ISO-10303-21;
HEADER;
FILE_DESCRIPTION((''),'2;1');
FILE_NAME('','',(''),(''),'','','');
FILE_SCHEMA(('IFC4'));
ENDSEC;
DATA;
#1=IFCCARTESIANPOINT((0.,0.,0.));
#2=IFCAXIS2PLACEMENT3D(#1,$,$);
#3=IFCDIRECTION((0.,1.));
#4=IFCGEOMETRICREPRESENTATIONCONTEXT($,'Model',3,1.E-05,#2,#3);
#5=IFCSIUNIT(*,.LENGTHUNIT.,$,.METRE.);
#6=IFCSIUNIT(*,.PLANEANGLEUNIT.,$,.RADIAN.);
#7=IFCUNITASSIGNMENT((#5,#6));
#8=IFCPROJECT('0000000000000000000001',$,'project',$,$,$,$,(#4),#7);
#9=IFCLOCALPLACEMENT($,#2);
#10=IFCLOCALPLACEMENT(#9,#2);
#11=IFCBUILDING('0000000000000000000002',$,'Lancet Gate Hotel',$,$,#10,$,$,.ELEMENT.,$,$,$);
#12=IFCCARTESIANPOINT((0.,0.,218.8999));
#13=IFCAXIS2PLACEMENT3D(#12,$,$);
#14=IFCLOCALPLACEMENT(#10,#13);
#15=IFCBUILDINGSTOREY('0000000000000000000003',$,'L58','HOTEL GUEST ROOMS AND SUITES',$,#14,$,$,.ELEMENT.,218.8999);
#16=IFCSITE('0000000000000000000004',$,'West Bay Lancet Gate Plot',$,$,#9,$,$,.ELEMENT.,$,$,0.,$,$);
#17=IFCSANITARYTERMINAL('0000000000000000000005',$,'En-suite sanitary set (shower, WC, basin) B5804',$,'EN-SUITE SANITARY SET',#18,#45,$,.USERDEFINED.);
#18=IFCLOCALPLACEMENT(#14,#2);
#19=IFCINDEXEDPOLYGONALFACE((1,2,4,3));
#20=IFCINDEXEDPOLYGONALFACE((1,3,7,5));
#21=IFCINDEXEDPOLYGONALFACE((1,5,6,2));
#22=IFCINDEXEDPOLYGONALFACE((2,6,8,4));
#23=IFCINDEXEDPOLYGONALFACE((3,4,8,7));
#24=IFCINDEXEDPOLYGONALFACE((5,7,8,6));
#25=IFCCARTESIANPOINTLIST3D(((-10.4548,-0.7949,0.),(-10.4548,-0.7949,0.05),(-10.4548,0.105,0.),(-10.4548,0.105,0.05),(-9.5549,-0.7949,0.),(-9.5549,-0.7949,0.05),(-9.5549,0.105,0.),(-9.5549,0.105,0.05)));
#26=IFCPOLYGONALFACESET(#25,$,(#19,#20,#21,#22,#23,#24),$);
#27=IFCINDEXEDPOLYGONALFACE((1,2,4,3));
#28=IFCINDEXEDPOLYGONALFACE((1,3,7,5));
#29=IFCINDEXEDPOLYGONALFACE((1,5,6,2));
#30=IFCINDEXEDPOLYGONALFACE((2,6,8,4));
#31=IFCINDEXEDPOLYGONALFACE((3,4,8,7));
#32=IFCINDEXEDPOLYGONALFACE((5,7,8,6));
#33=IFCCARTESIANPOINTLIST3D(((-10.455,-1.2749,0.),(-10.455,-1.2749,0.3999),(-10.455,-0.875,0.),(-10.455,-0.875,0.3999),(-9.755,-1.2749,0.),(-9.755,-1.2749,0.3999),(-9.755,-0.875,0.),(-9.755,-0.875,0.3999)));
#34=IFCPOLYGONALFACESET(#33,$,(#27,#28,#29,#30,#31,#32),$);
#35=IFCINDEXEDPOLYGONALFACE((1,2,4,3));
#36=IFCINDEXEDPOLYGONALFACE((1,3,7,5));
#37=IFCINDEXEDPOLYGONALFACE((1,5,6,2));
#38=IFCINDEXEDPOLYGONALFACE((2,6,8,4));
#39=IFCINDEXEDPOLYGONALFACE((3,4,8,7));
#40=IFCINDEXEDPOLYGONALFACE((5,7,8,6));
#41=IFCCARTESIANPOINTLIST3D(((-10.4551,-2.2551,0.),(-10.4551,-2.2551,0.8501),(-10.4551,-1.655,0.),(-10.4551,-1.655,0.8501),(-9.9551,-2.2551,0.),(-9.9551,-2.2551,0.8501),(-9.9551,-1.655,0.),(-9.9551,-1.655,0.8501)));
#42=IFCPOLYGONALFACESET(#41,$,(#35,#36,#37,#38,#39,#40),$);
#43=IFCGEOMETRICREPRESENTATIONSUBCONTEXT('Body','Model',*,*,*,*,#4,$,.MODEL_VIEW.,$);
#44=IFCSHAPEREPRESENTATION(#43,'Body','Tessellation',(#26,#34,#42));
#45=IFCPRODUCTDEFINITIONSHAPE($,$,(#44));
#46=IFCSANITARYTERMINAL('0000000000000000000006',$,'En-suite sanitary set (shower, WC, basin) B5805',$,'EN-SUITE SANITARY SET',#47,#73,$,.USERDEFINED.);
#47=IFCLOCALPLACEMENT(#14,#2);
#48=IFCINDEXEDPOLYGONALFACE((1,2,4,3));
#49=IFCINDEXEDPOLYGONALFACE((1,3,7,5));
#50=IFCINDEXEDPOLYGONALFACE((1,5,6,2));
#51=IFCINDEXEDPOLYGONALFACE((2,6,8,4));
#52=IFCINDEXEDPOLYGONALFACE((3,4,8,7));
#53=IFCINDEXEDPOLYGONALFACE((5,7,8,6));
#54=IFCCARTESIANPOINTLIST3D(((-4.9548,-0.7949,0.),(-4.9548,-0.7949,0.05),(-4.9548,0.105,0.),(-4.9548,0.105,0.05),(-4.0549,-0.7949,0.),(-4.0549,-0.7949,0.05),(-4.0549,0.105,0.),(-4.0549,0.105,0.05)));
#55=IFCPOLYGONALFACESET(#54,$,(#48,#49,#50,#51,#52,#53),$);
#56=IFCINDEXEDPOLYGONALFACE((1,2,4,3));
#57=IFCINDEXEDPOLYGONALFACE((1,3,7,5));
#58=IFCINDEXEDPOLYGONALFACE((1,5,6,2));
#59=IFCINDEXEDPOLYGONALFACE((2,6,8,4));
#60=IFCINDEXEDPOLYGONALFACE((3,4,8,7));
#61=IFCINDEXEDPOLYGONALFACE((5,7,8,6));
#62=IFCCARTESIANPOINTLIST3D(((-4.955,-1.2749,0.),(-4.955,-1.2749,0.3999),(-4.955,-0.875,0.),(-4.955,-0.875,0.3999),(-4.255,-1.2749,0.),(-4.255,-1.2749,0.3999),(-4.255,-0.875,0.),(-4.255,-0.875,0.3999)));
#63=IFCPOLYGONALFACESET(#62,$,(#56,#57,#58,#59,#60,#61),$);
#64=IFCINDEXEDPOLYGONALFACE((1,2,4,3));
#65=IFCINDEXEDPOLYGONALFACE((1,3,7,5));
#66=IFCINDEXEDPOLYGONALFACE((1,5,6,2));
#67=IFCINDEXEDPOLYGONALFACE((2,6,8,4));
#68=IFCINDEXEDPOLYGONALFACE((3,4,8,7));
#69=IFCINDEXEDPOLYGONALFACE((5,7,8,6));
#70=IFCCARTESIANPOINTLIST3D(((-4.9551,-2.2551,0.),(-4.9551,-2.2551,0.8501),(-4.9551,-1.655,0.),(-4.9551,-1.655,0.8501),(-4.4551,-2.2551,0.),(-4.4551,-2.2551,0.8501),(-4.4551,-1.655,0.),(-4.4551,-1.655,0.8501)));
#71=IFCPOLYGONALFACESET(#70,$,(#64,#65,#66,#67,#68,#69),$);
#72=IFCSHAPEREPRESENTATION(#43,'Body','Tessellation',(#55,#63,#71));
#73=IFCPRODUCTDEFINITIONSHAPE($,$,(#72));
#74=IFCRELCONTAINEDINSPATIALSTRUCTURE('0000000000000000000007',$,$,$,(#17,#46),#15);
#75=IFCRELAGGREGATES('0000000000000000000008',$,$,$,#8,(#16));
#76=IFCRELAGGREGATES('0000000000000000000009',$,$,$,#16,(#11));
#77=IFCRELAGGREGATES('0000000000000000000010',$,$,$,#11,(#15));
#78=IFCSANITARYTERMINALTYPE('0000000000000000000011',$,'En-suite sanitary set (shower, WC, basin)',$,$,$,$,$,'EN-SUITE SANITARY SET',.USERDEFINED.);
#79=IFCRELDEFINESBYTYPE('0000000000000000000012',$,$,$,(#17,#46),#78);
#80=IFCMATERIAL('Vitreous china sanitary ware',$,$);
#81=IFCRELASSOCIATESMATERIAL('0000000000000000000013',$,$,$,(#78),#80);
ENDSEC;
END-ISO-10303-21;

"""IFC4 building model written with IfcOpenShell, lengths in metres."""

from ifc_helpers import new_model, si_unit, direction, frame, origin, origin_2d, place, context, subcontext, project, spatial, rectangle, extrude, material, type_object, element, save


model = new_model("IFC4")

# Units and contexts
model_context = context("Model", 3, precision=1e-05, world=origin(), true_north=direction((0.0, 1.0)))
body_context = subcontext(model_context, "Body", "Model", "MODEL_VIEW")
ifc_project = project(units=[si_unit("LENGTHUNIT", "METRE"), si_unit("PLANEANGLEUNIT", "RADIAN")], contexts=[model_context])

# Site, building, storey
site_placement = place(None, origin())
site = spatial("IfcSite", under=ifc_project, at=site_placement, Name="West Bay Lancet Gate Plot", CompositionType="ELEMENT", RefElevation=0.0)
building_placement = place(site_placement, origin())
building = spatial("IfcBuilding", under=site, at=building_placement, Name="Lancet Gate Hotel", CompositionType="ELEMENT")
storey_placement = place(building_placement, frame((0.0, 0.0, 218.8999)))
storey = spatial("IfcBuildingStorey", under=building, at=storey_placement, Name="L58", Description="HOTEL GUEST ROOMS AND SUITES", CompositionType="ELEMENT", Elevation=218.8999)

# Sanitary terminals
ifc_material_1 = material(Name="Vitreous china sanitary ware")
sanitary_terminal_type = type_object("IfcSanitaryTerminalType", Name="En-suite sanitary set (shower, WC, basin)", ElementType="EN-SUITE SANITARY SET", PredefinedType="USERDEFINED", material=ifc_material_1)
for number, where, z_axis, x_axis, name in (
    (1, (-10.0049, -0.345, 0.0), (0.0, 0.0, 1.0), (1.0, 0.0, 0.0), "En-suite sanitary set (shower, WC, basin) B5804"),
    (2, (-4.5049, -0.345, 0.0), (0.0, 0.0, 1.0), (1.0, 0.0, 0.0), "En-suite sanitary set (shower, WC, basin) B5805"),
):
    element("IfcSanitaryTerminal", number, at=place(storey_placement, frame(where, z_axis=z_axis, x_axis=x_axis)), inside=storey, type_object=sanitary_terminal_type, Name=name, ObjectType="EN-SUITE SANITARY SET", PredefinedType="USERDEFINED", context=body_context, shape_type="SweptSolid", body=[
        extrude(rectangle(XDim=0.8999, YDim=0.8999, at=origin_2d()), frame((0.0, 0.0, 0.0), z_axis=(0.0, 0.0, 1.0), x_axis=(0.0, 1.0, 0.0)), (0.0, 0.0, 1.0), 0.05),
        extrude(rectangle(XDim=0.3999, YDim=0.7, at=origin_2d()), frame((-0.1001, -0.73, 0.0), z_axis=(0.0, 0.0, 1.0), x_axis=(0.0, 1.0, 0.0)), (0.0, 0.0, 1.0), 0.3999),
        extrude(rectangle(XDim=0.6001, YDim=0.5, at=origin_2d()), frame((-0.2002, -1.6101, 0.0), z_axis=(0.0, 0.0, 1.0), x_axis=(0.0, 1.0, 0.0)), (0.0, 0.0, 1.0), 0.8501),
    ])

save(model, "model.ifc")
